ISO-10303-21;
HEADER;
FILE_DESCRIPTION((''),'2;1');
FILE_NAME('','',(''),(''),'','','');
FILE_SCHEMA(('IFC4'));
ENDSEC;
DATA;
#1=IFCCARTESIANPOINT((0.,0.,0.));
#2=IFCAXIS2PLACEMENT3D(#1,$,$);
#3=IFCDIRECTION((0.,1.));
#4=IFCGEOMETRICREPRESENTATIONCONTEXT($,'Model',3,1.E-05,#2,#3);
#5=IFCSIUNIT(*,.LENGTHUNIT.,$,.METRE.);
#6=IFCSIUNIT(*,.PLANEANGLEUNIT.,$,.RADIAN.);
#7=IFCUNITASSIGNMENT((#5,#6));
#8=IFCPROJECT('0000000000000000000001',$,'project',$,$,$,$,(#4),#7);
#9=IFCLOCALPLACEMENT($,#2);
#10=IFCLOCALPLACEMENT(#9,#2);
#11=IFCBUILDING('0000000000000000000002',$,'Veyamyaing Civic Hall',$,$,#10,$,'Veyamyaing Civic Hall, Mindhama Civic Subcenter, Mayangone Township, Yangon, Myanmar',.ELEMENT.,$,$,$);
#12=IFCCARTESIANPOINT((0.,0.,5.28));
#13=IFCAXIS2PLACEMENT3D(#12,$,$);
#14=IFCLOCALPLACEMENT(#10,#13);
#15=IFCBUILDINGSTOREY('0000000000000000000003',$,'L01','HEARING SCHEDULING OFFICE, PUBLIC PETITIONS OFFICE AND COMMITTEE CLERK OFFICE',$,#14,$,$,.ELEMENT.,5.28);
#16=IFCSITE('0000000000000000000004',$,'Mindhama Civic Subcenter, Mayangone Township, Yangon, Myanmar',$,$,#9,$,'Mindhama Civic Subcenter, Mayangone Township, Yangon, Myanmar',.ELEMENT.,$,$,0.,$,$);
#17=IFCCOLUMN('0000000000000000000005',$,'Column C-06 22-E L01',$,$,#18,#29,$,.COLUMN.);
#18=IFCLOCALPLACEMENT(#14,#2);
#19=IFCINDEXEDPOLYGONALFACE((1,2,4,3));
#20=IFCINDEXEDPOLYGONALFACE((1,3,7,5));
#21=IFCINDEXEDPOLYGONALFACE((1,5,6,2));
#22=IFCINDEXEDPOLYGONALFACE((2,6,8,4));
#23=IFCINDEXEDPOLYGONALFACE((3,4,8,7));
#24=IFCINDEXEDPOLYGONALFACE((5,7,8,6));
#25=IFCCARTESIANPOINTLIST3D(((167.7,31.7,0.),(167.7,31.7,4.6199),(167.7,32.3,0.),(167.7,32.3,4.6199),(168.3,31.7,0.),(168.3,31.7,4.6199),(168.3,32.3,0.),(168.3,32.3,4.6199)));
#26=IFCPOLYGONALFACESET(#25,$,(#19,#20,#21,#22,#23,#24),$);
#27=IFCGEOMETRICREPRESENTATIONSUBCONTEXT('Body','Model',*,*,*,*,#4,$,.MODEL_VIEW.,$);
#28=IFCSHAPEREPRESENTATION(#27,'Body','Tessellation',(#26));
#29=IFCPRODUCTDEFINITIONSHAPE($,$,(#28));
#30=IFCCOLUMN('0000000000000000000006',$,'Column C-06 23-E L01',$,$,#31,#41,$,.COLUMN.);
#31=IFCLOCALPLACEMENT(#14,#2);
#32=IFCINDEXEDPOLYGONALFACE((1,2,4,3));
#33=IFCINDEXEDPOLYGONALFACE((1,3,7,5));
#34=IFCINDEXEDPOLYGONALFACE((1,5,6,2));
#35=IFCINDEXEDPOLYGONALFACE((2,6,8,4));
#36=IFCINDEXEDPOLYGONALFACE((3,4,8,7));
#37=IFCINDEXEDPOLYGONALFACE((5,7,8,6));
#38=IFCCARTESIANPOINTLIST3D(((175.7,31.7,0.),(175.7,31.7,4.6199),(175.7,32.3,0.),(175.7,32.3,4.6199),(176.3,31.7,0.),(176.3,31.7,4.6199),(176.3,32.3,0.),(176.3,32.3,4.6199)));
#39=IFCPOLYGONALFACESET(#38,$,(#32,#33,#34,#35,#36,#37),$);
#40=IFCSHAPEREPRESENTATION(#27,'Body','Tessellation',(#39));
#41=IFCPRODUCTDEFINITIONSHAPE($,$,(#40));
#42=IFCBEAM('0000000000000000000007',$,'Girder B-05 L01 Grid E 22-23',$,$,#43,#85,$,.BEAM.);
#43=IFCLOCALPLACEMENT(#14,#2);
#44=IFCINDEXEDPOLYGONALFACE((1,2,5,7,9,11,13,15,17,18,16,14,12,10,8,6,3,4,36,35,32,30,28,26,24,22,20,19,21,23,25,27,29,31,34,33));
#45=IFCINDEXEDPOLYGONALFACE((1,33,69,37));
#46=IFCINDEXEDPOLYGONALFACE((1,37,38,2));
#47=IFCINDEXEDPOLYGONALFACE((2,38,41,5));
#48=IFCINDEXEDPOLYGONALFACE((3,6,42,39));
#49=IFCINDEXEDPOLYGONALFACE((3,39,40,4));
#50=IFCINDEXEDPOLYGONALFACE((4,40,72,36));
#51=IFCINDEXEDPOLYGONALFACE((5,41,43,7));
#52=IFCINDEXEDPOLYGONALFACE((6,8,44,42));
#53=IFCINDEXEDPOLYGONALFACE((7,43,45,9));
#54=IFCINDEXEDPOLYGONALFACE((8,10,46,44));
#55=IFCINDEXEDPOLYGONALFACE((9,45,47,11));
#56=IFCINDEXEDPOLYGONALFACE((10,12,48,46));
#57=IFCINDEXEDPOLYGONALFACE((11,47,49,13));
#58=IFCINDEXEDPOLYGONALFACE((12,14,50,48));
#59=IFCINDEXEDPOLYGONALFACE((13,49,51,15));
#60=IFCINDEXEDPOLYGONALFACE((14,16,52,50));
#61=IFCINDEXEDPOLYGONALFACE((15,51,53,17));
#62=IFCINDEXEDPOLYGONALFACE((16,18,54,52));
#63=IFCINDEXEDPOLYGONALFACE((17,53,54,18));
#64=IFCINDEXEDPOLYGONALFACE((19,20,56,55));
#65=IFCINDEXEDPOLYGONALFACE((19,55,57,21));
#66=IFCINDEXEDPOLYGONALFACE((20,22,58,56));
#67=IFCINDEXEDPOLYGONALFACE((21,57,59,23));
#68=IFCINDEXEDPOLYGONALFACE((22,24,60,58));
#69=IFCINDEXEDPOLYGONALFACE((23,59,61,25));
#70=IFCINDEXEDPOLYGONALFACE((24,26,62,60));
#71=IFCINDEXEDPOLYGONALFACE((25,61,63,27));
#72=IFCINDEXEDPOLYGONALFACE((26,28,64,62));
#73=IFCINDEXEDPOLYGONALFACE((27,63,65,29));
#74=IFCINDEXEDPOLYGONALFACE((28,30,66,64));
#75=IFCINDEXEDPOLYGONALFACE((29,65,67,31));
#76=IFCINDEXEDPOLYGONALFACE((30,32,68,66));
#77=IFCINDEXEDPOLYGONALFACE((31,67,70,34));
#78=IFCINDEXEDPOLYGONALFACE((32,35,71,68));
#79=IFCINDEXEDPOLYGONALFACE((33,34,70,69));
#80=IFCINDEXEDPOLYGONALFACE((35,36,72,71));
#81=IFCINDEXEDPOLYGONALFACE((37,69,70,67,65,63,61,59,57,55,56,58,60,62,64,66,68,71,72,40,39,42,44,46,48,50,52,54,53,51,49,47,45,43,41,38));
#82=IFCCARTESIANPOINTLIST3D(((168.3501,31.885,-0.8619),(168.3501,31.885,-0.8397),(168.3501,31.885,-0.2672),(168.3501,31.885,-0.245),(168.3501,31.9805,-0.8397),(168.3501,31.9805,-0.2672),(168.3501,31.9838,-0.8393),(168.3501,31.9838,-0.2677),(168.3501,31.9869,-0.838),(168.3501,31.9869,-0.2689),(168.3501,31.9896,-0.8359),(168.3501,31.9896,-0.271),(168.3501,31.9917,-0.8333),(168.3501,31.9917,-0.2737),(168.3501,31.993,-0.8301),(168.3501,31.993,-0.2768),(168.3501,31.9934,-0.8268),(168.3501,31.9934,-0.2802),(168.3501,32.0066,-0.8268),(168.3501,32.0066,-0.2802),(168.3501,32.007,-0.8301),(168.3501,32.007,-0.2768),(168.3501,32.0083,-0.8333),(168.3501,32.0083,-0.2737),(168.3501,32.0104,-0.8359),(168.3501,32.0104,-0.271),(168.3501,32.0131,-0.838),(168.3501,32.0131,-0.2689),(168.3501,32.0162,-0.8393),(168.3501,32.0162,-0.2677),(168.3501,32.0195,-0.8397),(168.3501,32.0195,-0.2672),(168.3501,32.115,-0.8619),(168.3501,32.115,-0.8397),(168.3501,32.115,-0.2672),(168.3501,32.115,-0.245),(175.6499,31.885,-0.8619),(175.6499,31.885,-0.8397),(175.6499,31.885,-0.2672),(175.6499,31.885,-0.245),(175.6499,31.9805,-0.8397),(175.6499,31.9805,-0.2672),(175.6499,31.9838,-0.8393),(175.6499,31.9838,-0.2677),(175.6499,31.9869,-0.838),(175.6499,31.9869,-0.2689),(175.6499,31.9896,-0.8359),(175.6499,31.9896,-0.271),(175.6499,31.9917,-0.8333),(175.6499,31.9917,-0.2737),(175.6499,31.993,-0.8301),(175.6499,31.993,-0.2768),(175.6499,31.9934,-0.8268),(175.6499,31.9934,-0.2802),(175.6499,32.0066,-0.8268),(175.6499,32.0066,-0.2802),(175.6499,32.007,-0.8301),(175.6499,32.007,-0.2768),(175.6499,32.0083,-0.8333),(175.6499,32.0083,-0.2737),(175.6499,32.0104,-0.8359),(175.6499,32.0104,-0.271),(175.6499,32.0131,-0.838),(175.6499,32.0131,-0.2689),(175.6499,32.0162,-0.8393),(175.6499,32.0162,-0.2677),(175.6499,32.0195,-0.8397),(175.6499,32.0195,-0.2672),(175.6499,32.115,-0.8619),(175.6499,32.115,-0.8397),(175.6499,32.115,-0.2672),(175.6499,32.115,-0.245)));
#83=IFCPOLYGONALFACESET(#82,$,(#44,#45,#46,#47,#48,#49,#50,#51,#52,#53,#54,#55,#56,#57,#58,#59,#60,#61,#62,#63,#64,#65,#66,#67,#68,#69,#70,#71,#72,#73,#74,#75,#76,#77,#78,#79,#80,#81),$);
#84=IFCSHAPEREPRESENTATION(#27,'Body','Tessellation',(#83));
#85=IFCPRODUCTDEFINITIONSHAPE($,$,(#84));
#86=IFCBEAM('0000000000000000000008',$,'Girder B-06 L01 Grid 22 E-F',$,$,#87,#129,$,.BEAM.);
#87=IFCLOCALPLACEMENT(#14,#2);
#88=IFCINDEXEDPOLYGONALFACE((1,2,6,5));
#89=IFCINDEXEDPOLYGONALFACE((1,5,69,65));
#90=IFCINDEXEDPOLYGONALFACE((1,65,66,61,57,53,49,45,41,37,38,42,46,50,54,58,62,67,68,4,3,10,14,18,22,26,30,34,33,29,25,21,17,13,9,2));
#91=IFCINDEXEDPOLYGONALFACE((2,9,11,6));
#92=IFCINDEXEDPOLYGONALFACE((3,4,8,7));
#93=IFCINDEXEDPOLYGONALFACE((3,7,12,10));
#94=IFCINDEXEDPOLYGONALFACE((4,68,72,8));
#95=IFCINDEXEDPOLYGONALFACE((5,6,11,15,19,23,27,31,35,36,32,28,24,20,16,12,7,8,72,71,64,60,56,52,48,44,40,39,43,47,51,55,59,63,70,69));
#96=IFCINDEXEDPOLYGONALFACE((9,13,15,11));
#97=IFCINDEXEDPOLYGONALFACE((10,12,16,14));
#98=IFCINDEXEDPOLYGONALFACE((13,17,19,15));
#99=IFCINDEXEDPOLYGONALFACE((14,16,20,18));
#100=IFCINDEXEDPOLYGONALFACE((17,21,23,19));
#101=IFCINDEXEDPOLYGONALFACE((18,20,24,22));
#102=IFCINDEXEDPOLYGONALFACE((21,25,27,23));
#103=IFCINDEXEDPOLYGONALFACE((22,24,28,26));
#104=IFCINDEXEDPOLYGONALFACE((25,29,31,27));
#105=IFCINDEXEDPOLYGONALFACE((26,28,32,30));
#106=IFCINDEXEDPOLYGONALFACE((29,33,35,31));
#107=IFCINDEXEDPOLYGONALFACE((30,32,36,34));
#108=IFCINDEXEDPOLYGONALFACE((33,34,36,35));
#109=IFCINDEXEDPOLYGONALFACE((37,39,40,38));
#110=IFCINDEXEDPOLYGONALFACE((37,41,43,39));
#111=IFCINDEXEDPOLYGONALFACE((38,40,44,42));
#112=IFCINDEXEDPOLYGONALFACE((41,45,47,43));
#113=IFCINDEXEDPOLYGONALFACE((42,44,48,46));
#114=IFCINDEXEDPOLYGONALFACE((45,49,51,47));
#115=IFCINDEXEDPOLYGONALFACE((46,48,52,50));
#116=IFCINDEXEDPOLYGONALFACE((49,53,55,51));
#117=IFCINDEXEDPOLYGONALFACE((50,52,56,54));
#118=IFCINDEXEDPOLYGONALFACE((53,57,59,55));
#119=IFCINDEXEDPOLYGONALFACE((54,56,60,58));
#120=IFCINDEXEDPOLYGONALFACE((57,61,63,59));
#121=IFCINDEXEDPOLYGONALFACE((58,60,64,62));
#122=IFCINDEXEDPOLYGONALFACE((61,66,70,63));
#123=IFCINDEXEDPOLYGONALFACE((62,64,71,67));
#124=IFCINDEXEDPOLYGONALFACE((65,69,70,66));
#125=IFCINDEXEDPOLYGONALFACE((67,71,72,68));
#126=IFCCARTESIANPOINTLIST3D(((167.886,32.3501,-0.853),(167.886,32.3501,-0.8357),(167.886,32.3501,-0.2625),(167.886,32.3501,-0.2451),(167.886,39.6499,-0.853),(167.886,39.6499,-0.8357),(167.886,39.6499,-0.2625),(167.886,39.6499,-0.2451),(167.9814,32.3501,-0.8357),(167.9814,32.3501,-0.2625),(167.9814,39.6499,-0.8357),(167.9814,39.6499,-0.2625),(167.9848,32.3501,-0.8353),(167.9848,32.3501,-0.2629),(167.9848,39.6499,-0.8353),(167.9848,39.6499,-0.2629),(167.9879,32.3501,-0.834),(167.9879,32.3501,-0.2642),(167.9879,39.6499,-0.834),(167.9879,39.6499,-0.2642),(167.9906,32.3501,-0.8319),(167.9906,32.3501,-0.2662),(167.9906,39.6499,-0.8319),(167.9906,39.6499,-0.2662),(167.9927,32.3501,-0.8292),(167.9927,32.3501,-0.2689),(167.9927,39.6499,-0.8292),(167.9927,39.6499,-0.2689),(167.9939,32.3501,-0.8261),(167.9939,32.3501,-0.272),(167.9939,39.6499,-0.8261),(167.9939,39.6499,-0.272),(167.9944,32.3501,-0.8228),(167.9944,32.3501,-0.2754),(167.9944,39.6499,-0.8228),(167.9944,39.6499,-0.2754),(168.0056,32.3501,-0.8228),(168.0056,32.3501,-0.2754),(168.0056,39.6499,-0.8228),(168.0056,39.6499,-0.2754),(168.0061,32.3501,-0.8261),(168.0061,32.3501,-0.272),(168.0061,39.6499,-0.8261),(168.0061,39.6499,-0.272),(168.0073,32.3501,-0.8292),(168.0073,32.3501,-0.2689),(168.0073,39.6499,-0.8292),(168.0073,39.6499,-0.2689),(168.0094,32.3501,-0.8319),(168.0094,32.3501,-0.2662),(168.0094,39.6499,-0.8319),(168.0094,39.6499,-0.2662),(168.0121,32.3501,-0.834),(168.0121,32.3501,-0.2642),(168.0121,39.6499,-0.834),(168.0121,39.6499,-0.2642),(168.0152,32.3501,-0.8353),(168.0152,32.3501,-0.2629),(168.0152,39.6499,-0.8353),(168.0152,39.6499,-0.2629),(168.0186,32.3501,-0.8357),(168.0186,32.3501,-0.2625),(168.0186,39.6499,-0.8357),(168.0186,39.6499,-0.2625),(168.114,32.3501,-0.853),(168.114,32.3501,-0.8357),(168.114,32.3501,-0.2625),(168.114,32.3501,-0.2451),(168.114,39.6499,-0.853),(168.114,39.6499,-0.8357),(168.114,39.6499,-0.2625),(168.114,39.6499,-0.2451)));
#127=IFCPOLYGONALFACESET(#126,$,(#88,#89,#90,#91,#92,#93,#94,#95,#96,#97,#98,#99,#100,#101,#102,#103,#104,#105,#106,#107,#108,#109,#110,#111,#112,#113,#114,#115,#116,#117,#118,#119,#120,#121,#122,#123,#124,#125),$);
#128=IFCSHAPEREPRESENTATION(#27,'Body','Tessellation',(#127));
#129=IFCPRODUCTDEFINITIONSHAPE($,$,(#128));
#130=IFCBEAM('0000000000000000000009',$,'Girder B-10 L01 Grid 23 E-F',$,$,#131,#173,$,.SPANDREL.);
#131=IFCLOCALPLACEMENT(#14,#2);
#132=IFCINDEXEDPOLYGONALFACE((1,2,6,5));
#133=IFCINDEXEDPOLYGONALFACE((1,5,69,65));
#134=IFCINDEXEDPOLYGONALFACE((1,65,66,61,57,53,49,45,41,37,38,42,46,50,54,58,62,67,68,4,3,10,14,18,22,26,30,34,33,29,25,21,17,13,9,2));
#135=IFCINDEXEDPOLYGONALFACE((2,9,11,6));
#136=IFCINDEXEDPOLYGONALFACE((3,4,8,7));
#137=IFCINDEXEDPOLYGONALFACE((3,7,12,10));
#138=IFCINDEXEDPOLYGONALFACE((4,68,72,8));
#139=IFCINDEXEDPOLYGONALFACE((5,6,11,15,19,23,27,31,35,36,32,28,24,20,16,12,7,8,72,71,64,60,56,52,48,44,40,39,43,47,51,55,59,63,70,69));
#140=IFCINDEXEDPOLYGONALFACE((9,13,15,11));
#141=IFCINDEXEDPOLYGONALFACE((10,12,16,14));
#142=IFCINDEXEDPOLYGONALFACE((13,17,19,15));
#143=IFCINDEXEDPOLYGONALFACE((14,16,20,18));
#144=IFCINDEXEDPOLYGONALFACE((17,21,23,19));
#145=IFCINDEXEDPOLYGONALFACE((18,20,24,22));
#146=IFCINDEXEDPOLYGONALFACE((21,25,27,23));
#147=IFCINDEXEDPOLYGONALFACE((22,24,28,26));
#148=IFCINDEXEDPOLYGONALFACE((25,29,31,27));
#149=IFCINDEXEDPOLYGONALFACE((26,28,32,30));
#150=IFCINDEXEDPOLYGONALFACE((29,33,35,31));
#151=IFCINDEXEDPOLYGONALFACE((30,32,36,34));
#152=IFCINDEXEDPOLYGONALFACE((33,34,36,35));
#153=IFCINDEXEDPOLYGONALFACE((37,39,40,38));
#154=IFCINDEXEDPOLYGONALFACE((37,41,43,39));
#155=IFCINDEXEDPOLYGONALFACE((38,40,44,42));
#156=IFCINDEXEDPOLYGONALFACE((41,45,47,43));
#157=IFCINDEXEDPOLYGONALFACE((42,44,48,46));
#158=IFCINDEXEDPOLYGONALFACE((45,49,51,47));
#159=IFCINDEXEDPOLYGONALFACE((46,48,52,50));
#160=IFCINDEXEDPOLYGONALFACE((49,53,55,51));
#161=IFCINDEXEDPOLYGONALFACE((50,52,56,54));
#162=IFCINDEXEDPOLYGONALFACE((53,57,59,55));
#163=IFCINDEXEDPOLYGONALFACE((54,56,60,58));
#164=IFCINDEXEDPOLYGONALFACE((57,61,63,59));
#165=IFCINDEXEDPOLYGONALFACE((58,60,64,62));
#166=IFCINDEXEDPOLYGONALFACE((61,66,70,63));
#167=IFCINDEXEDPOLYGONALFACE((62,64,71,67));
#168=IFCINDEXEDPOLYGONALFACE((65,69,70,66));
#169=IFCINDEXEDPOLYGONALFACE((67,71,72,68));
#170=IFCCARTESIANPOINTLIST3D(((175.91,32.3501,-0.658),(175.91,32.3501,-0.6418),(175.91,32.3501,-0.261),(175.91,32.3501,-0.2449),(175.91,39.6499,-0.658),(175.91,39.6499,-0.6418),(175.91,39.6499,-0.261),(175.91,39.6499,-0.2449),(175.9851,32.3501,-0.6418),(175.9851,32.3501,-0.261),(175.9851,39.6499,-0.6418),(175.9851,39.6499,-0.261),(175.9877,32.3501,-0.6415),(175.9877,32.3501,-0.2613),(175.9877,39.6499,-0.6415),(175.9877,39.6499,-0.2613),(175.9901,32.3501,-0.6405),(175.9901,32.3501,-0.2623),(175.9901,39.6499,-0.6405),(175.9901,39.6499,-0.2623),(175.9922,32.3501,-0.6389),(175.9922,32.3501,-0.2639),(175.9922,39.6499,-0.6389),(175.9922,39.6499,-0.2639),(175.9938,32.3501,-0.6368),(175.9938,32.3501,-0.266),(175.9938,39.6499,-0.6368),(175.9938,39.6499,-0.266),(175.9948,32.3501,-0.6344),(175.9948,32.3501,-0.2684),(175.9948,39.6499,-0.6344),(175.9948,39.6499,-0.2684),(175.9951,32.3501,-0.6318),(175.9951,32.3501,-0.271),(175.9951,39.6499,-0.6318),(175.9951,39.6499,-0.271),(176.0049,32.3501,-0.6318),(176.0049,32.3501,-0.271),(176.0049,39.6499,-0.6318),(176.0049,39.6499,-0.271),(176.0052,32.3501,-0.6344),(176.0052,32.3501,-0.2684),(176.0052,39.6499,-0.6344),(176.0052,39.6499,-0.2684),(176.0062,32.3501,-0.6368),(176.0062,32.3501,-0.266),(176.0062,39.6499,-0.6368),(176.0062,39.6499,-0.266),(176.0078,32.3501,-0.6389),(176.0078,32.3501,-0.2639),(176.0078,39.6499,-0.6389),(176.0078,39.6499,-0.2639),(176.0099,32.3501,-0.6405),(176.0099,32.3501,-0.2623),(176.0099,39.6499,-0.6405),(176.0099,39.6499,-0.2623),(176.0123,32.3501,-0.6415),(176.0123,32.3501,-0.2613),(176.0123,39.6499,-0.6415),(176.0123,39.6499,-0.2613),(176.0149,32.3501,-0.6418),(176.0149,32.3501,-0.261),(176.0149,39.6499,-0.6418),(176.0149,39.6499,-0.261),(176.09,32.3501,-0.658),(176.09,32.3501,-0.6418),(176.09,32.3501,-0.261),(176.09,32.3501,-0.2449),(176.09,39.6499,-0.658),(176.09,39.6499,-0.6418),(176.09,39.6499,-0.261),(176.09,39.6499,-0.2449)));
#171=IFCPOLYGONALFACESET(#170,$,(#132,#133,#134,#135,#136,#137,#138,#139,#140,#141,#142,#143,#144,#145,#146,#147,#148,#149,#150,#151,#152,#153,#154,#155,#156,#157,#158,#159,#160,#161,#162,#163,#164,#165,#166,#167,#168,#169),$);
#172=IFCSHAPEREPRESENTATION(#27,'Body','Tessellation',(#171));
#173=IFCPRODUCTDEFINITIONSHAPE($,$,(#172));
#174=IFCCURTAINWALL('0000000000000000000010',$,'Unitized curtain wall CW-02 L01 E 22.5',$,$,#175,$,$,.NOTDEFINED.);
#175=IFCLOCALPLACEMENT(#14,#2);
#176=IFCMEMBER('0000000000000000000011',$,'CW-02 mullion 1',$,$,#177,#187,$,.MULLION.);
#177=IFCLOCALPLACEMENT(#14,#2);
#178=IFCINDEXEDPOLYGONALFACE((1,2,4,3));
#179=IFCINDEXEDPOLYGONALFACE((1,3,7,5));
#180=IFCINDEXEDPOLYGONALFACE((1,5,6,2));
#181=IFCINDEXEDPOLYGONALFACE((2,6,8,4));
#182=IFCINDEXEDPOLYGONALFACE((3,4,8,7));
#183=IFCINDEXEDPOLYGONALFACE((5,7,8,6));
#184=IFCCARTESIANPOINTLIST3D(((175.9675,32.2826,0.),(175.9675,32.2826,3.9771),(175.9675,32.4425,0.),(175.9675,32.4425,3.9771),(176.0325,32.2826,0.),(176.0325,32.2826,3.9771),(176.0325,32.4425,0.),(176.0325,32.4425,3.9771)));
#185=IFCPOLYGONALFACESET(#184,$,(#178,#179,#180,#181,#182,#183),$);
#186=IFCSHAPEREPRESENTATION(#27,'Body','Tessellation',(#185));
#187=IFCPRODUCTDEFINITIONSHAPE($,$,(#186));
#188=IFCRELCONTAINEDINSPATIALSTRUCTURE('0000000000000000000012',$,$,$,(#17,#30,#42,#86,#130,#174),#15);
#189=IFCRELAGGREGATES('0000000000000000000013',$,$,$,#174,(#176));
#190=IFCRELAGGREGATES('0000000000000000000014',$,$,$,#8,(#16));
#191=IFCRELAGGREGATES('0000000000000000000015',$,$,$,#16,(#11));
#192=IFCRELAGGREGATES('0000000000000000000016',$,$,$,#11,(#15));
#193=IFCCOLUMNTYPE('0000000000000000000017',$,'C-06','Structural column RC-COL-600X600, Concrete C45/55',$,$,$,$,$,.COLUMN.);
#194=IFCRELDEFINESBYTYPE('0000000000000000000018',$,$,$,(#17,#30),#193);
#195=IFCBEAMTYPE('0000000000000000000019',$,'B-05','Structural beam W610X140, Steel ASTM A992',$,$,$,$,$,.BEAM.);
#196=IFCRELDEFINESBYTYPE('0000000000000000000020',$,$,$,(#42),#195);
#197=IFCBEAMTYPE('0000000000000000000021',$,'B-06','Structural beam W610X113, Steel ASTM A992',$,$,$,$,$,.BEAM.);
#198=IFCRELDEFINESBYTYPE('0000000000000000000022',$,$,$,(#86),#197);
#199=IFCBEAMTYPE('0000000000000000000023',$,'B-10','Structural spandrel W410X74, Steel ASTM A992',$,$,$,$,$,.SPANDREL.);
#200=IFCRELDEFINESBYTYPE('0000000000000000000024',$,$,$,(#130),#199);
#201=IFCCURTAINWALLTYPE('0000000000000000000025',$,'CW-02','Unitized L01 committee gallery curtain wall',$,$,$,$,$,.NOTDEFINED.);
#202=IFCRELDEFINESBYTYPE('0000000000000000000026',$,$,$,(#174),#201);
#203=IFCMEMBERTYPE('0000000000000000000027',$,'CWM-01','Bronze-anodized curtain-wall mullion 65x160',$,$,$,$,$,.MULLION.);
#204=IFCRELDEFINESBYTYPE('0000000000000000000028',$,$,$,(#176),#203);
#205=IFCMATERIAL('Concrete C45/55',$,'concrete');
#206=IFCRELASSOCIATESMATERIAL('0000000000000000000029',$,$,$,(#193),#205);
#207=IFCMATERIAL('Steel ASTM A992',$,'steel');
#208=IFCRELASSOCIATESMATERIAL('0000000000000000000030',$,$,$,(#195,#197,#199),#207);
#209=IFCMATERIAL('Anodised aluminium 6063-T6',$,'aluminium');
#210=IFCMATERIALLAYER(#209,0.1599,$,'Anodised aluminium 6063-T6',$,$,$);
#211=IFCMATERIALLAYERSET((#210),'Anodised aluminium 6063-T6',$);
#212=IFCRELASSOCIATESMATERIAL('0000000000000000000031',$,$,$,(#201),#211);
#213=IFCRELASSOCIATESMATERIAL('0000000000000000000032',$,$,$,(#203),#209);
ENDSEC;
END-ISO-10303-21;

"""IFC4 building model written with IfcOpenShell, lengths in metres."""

from ifc_helpers import new_model, si_unit, direction, frame, origin, origin_2d, place, context, subcontext, project, spatial, rectangle, i_section, extrude, material, layer, layer_set, material_profile, profile_set, type_object, element, aggregate, save


model = new_model("IFC4")

# Units and contexts
model_context = context("Model", 3, precision=1e-05, world=origin(), true_north=direction((0.0, 1.0)))
body_context = subcontext(model_context, "Body", "Model", "MODEL_VIEW")
ifc_project = project(units=[si_unit("LENGTHUNIT", "METRE"), si_unit("PLANEANGLEUNIT", "RADIAN")], contexts=[model_context])

# Site, building, storey
site_placement = place(None, origin())
site = spatial("IfcSite", under=ifc_project, at=site_placement, Name="Mindhama Civic Subcenter, Mayangone Township, Yangon, Myanmar", LongName="Mindhama Civic Subcenter, Mayangone Township, Yangon, Myanmar", CompositionType="ELEMENT", RefElevation=0.0)
building_placement = place(site_placement, origin())
building = spatial("IfcBuilding", under=site, at=building_placement, Name="Veyamyaing Civic Hall", LongName="Veyamyaing Civic Hall, Mindhama Civic Subcenter, Mayangone Township, Yangon, Myanmar", CompositionType="ELEMENT")
storey_placement = place(building_placement, frame((0.0, 0.0, 5.28)))
storey = spatial("IfcBuildingStorey", under=building, at=storey_placement, Name="L01", Description="HEARING SCHEDULING OFFICE, PUBLIC PETITIONS OFFICE AND COMMITTEE CLERK OFFICE", CompositionType="ELEMENT", Elevation=5.28)

# Columns
ifc_material_1 = material(Name="Concrete C45/55", Category="concrete")
ifc_material_profile_1 = material_profile(ifc_material_1, rectangle(XDim=0.6001, YDim=0.6001, at=origin_2d()), Name="RC-COL-600X600")
ifc_profile_set_1 = profile_set([ifc_material_profile_1], Name="Concrete C45/55")
column_type = type_object("IfcColumnType", Name="C-06", Description="Structural column RC-COL-600X600, Concrete C45/55", PredefinedType="COLUMN", material=ifc_profile_set_1)
for number, where, z_axis, x_axis, name in (
    (1, (168.0, 32.0, 0.0), (0.0, 0.0, 1.0), (1.0, 0.0, 0.0), "Column C-06 22-E L01"),
    (2, (176.0, 32.0, 0.0), (0.0, 0.0, 1.0), (1.0, 0.0, 0.0), "Column C-06 23-E L01"),
):
    element("IfcColumn", number, at=place(storey_placement, frame(where, z_axis=z_axis, x_axis=x_axis)), inside=storey, type_object=column_type, Name=name, PredefinedType="COLUMN", context=body_context, shape_type="SweptSolid", body=[
        extrude(rectangle(XDim=0.6001, YDim=0.6001, at=origin_2d()), origin(), (0.0, 0.0, 1.0), 4.6199),
    ])

# Beams
ifc_material_2 = material(Name="Steel ASTM A992", Category="steel")
ifc_material_profile_2 = material_profile(ifc_material_2, i_section(OverallWidth=0.23, OverallDepth=0.6169, WebThickness=0.0132, FlangeThickness=0.0222, FilletRadius=0.0129, at=origin_2d()), Name="W610X140")
ifc_profile_set_2 = profile_set([ifc_material_profile_2], Name="Steel ASTM A992")
beam_type_1 = type_object("IfcBeamType", Name="B-05", Description="Structural beam W610X140, Steel ASTM A992", PredefinedType="BEAM", material=ifc_profile_set_2)
beam_1_placement = place(storey_placement, frame((168.3501, 32.0, -0.5535), z_axis=(1.0, 0.0, 0.0), x_axis=(0.0, 1.0, 0.0)))
element("IfcBeam", 3, at=beam_1_placement, inside=storey, type_object=beam_type_1, Name="Girder B-05 L01 Grid E 22-23", PredefinedType="BEAM", context=body_context, shape_type="SweptSolid", body=[
    extrude(i_section(OverallWidth=0.23, OverallDepth=0.6169, WebThickness=0.0132, FlangeThickness=0.0222, FilletRadius=0.0129, at=origin_2d()), origin(), (0.0, 0.0, 1.0), 7.2998),
])
ifc_material_profile_3 = material_profile(ifc_material_2, i_section(OverallWidth=0.228, OverallDepth=0.6079, WebThickness=0.0112, FlangeThickness=0.0173, FilletRadius=0.0129, at=origin_2d()), Name="W610X113")
ifc_profile_set_3 = profile_set([ifc_material_profile_3], Name="Steel ASTM A992")
beam_type_2 = type_object("IfcBeamType", Name="B-06", Description="Structural beam W610X113, Steel ASTM A992", PredefinedType="BEAM", material=ifc_profile_set_3)
beam_2_placement = place(storey_placement, frame((168.0, 32.3501, -0.5491), z_axis=(0.0, 1.0, 0.0), x_axis=(-1.0, 0.0, 0.0)))
element("IfcBeam", 4, at=beam_2_placement, inside=storey, type_object=beam_type_2, Name="Girder B-06 L01 Grid 22 E-F", PredefinedType="BEAM", context=body_context, shape_type="SweptSolid", body=[
    extrude(i_section(OverallWidth=0.228, OverallDepth=0.6079, WebThickness=0.0112, FlangeThickness=0.0173, FilletRadius=0.0129, at=origin_2d()), origin(), (0.0, 0.0, 1.0), 7.2998),
])
ifc_material_profile_4 = material_profile(ifc_material_2, i_section(OverallWidth=0.1799, OverallDepth=0.4131, WebThickness=0.0098, FlangeThickness=0.0161, FilletRadius=0.01, at=origin_2d()), Name="W410X74")
ifc_profile_set_4 = profile_set([ifc_material_profile_4], Name="Steel ASTM A992")
beam_type_3 = type_object("IfcBeamType", Name="B-10", Description="Structural spandrel W410X74, Steel ASTM A992", PredefinedType="SPANDREL", material=ifc_profile_set_4)
beam_3_placement = place(storey_placement, frame((176.0, 32.3501, -0.4514), z_axis=(0.0, 1.0, 0.0), x_axis=(-1.0, 0.0, 0.0)))
element("IfcBeam", 5, at=beam_3_placement, inside=storey, type_object=beam_type_3, Name="Girder B-10 L01 Grid 23 E-F", PredefinedType="SPANDREL", context=body_context, shape_type="SweptSolid", body=[
    extrude(i_section(OverallWidth=0.1799, OverallDepth=0.4131, WebThickness=0.0098, FlangeThickness=0.0161, FilletRadius=0.01, at=origin_2d()), origin(), (0.0, 0.0, 1.0), 7.2998),
])

# Curtain wall, member
ifc_material_3 = material(Name="Anodised aluminium 6063-T6", Category="aluminium")
ifc_layer_1 = layer(ifc_material_3, 0.1599, Name="Anodised aluminium 6063-T6")
ifc_layer_set_1 = layer_set([ifc_layer_1], Name="Anodised aluminium 6063-T6")
curtain_wall_type = type_object("IfcCurtainWallType", Name="CW-02", Description="Unitized L01 committee gallery curtain wall", PredefinedType="NOTDEFINED", material=ifc_layer_set_1)
curtain_wall_placement = place(storey_placement, origin())
curtain_wall = element("IfcCurtainWall", 6, at=curtain_wall_placement, inside=storey, type_object=curtain_wall_type, Name="Unitized curtain wall CW-02 L01 E 22.5", PredefinedType="NOTDEFINED")
ifc_material_profile_5 = material_profile(ifc_material_3, rectangle(XDim=0.0649, YDim=0.1599, at=origin_2d()), Name="ALU-MUL-65X160")
ifc_profile_set_5 = profile_set([ifc_material_profile_5], Name="Anodised aluminium 6063-T6")
member_type_1 = type_object("IfcMemberType", Name="CWM-01", Description="Bronze-anodized curtain-wall mullion 65x160", PredefinedType="MULLION", material=ifc_profile_set_5)
member_1_placement = place(storey_placement, frame((176.0, 32.3625, 0.0), z_axis=(0.0, 0.0, 1.0), x_axis=(-1.0, 0.0, 0.0)))
member_1 = element("IfcMember", 7, at=member_1_placement, type_object=member_type_1, Name="CW-02 mullion 1", PredefinedType="MULLION", context=body_context, shape_type="SweptSolid", body=[
    extrude(rectangle(XDim=0.0649, YDim=0.1599, at=origin_2d()), origin(), (0.0, 0.0, 1.0), 3.9771),
])

aggregate(curtain_wall, [member_1])

save(model, "model.ifc")
